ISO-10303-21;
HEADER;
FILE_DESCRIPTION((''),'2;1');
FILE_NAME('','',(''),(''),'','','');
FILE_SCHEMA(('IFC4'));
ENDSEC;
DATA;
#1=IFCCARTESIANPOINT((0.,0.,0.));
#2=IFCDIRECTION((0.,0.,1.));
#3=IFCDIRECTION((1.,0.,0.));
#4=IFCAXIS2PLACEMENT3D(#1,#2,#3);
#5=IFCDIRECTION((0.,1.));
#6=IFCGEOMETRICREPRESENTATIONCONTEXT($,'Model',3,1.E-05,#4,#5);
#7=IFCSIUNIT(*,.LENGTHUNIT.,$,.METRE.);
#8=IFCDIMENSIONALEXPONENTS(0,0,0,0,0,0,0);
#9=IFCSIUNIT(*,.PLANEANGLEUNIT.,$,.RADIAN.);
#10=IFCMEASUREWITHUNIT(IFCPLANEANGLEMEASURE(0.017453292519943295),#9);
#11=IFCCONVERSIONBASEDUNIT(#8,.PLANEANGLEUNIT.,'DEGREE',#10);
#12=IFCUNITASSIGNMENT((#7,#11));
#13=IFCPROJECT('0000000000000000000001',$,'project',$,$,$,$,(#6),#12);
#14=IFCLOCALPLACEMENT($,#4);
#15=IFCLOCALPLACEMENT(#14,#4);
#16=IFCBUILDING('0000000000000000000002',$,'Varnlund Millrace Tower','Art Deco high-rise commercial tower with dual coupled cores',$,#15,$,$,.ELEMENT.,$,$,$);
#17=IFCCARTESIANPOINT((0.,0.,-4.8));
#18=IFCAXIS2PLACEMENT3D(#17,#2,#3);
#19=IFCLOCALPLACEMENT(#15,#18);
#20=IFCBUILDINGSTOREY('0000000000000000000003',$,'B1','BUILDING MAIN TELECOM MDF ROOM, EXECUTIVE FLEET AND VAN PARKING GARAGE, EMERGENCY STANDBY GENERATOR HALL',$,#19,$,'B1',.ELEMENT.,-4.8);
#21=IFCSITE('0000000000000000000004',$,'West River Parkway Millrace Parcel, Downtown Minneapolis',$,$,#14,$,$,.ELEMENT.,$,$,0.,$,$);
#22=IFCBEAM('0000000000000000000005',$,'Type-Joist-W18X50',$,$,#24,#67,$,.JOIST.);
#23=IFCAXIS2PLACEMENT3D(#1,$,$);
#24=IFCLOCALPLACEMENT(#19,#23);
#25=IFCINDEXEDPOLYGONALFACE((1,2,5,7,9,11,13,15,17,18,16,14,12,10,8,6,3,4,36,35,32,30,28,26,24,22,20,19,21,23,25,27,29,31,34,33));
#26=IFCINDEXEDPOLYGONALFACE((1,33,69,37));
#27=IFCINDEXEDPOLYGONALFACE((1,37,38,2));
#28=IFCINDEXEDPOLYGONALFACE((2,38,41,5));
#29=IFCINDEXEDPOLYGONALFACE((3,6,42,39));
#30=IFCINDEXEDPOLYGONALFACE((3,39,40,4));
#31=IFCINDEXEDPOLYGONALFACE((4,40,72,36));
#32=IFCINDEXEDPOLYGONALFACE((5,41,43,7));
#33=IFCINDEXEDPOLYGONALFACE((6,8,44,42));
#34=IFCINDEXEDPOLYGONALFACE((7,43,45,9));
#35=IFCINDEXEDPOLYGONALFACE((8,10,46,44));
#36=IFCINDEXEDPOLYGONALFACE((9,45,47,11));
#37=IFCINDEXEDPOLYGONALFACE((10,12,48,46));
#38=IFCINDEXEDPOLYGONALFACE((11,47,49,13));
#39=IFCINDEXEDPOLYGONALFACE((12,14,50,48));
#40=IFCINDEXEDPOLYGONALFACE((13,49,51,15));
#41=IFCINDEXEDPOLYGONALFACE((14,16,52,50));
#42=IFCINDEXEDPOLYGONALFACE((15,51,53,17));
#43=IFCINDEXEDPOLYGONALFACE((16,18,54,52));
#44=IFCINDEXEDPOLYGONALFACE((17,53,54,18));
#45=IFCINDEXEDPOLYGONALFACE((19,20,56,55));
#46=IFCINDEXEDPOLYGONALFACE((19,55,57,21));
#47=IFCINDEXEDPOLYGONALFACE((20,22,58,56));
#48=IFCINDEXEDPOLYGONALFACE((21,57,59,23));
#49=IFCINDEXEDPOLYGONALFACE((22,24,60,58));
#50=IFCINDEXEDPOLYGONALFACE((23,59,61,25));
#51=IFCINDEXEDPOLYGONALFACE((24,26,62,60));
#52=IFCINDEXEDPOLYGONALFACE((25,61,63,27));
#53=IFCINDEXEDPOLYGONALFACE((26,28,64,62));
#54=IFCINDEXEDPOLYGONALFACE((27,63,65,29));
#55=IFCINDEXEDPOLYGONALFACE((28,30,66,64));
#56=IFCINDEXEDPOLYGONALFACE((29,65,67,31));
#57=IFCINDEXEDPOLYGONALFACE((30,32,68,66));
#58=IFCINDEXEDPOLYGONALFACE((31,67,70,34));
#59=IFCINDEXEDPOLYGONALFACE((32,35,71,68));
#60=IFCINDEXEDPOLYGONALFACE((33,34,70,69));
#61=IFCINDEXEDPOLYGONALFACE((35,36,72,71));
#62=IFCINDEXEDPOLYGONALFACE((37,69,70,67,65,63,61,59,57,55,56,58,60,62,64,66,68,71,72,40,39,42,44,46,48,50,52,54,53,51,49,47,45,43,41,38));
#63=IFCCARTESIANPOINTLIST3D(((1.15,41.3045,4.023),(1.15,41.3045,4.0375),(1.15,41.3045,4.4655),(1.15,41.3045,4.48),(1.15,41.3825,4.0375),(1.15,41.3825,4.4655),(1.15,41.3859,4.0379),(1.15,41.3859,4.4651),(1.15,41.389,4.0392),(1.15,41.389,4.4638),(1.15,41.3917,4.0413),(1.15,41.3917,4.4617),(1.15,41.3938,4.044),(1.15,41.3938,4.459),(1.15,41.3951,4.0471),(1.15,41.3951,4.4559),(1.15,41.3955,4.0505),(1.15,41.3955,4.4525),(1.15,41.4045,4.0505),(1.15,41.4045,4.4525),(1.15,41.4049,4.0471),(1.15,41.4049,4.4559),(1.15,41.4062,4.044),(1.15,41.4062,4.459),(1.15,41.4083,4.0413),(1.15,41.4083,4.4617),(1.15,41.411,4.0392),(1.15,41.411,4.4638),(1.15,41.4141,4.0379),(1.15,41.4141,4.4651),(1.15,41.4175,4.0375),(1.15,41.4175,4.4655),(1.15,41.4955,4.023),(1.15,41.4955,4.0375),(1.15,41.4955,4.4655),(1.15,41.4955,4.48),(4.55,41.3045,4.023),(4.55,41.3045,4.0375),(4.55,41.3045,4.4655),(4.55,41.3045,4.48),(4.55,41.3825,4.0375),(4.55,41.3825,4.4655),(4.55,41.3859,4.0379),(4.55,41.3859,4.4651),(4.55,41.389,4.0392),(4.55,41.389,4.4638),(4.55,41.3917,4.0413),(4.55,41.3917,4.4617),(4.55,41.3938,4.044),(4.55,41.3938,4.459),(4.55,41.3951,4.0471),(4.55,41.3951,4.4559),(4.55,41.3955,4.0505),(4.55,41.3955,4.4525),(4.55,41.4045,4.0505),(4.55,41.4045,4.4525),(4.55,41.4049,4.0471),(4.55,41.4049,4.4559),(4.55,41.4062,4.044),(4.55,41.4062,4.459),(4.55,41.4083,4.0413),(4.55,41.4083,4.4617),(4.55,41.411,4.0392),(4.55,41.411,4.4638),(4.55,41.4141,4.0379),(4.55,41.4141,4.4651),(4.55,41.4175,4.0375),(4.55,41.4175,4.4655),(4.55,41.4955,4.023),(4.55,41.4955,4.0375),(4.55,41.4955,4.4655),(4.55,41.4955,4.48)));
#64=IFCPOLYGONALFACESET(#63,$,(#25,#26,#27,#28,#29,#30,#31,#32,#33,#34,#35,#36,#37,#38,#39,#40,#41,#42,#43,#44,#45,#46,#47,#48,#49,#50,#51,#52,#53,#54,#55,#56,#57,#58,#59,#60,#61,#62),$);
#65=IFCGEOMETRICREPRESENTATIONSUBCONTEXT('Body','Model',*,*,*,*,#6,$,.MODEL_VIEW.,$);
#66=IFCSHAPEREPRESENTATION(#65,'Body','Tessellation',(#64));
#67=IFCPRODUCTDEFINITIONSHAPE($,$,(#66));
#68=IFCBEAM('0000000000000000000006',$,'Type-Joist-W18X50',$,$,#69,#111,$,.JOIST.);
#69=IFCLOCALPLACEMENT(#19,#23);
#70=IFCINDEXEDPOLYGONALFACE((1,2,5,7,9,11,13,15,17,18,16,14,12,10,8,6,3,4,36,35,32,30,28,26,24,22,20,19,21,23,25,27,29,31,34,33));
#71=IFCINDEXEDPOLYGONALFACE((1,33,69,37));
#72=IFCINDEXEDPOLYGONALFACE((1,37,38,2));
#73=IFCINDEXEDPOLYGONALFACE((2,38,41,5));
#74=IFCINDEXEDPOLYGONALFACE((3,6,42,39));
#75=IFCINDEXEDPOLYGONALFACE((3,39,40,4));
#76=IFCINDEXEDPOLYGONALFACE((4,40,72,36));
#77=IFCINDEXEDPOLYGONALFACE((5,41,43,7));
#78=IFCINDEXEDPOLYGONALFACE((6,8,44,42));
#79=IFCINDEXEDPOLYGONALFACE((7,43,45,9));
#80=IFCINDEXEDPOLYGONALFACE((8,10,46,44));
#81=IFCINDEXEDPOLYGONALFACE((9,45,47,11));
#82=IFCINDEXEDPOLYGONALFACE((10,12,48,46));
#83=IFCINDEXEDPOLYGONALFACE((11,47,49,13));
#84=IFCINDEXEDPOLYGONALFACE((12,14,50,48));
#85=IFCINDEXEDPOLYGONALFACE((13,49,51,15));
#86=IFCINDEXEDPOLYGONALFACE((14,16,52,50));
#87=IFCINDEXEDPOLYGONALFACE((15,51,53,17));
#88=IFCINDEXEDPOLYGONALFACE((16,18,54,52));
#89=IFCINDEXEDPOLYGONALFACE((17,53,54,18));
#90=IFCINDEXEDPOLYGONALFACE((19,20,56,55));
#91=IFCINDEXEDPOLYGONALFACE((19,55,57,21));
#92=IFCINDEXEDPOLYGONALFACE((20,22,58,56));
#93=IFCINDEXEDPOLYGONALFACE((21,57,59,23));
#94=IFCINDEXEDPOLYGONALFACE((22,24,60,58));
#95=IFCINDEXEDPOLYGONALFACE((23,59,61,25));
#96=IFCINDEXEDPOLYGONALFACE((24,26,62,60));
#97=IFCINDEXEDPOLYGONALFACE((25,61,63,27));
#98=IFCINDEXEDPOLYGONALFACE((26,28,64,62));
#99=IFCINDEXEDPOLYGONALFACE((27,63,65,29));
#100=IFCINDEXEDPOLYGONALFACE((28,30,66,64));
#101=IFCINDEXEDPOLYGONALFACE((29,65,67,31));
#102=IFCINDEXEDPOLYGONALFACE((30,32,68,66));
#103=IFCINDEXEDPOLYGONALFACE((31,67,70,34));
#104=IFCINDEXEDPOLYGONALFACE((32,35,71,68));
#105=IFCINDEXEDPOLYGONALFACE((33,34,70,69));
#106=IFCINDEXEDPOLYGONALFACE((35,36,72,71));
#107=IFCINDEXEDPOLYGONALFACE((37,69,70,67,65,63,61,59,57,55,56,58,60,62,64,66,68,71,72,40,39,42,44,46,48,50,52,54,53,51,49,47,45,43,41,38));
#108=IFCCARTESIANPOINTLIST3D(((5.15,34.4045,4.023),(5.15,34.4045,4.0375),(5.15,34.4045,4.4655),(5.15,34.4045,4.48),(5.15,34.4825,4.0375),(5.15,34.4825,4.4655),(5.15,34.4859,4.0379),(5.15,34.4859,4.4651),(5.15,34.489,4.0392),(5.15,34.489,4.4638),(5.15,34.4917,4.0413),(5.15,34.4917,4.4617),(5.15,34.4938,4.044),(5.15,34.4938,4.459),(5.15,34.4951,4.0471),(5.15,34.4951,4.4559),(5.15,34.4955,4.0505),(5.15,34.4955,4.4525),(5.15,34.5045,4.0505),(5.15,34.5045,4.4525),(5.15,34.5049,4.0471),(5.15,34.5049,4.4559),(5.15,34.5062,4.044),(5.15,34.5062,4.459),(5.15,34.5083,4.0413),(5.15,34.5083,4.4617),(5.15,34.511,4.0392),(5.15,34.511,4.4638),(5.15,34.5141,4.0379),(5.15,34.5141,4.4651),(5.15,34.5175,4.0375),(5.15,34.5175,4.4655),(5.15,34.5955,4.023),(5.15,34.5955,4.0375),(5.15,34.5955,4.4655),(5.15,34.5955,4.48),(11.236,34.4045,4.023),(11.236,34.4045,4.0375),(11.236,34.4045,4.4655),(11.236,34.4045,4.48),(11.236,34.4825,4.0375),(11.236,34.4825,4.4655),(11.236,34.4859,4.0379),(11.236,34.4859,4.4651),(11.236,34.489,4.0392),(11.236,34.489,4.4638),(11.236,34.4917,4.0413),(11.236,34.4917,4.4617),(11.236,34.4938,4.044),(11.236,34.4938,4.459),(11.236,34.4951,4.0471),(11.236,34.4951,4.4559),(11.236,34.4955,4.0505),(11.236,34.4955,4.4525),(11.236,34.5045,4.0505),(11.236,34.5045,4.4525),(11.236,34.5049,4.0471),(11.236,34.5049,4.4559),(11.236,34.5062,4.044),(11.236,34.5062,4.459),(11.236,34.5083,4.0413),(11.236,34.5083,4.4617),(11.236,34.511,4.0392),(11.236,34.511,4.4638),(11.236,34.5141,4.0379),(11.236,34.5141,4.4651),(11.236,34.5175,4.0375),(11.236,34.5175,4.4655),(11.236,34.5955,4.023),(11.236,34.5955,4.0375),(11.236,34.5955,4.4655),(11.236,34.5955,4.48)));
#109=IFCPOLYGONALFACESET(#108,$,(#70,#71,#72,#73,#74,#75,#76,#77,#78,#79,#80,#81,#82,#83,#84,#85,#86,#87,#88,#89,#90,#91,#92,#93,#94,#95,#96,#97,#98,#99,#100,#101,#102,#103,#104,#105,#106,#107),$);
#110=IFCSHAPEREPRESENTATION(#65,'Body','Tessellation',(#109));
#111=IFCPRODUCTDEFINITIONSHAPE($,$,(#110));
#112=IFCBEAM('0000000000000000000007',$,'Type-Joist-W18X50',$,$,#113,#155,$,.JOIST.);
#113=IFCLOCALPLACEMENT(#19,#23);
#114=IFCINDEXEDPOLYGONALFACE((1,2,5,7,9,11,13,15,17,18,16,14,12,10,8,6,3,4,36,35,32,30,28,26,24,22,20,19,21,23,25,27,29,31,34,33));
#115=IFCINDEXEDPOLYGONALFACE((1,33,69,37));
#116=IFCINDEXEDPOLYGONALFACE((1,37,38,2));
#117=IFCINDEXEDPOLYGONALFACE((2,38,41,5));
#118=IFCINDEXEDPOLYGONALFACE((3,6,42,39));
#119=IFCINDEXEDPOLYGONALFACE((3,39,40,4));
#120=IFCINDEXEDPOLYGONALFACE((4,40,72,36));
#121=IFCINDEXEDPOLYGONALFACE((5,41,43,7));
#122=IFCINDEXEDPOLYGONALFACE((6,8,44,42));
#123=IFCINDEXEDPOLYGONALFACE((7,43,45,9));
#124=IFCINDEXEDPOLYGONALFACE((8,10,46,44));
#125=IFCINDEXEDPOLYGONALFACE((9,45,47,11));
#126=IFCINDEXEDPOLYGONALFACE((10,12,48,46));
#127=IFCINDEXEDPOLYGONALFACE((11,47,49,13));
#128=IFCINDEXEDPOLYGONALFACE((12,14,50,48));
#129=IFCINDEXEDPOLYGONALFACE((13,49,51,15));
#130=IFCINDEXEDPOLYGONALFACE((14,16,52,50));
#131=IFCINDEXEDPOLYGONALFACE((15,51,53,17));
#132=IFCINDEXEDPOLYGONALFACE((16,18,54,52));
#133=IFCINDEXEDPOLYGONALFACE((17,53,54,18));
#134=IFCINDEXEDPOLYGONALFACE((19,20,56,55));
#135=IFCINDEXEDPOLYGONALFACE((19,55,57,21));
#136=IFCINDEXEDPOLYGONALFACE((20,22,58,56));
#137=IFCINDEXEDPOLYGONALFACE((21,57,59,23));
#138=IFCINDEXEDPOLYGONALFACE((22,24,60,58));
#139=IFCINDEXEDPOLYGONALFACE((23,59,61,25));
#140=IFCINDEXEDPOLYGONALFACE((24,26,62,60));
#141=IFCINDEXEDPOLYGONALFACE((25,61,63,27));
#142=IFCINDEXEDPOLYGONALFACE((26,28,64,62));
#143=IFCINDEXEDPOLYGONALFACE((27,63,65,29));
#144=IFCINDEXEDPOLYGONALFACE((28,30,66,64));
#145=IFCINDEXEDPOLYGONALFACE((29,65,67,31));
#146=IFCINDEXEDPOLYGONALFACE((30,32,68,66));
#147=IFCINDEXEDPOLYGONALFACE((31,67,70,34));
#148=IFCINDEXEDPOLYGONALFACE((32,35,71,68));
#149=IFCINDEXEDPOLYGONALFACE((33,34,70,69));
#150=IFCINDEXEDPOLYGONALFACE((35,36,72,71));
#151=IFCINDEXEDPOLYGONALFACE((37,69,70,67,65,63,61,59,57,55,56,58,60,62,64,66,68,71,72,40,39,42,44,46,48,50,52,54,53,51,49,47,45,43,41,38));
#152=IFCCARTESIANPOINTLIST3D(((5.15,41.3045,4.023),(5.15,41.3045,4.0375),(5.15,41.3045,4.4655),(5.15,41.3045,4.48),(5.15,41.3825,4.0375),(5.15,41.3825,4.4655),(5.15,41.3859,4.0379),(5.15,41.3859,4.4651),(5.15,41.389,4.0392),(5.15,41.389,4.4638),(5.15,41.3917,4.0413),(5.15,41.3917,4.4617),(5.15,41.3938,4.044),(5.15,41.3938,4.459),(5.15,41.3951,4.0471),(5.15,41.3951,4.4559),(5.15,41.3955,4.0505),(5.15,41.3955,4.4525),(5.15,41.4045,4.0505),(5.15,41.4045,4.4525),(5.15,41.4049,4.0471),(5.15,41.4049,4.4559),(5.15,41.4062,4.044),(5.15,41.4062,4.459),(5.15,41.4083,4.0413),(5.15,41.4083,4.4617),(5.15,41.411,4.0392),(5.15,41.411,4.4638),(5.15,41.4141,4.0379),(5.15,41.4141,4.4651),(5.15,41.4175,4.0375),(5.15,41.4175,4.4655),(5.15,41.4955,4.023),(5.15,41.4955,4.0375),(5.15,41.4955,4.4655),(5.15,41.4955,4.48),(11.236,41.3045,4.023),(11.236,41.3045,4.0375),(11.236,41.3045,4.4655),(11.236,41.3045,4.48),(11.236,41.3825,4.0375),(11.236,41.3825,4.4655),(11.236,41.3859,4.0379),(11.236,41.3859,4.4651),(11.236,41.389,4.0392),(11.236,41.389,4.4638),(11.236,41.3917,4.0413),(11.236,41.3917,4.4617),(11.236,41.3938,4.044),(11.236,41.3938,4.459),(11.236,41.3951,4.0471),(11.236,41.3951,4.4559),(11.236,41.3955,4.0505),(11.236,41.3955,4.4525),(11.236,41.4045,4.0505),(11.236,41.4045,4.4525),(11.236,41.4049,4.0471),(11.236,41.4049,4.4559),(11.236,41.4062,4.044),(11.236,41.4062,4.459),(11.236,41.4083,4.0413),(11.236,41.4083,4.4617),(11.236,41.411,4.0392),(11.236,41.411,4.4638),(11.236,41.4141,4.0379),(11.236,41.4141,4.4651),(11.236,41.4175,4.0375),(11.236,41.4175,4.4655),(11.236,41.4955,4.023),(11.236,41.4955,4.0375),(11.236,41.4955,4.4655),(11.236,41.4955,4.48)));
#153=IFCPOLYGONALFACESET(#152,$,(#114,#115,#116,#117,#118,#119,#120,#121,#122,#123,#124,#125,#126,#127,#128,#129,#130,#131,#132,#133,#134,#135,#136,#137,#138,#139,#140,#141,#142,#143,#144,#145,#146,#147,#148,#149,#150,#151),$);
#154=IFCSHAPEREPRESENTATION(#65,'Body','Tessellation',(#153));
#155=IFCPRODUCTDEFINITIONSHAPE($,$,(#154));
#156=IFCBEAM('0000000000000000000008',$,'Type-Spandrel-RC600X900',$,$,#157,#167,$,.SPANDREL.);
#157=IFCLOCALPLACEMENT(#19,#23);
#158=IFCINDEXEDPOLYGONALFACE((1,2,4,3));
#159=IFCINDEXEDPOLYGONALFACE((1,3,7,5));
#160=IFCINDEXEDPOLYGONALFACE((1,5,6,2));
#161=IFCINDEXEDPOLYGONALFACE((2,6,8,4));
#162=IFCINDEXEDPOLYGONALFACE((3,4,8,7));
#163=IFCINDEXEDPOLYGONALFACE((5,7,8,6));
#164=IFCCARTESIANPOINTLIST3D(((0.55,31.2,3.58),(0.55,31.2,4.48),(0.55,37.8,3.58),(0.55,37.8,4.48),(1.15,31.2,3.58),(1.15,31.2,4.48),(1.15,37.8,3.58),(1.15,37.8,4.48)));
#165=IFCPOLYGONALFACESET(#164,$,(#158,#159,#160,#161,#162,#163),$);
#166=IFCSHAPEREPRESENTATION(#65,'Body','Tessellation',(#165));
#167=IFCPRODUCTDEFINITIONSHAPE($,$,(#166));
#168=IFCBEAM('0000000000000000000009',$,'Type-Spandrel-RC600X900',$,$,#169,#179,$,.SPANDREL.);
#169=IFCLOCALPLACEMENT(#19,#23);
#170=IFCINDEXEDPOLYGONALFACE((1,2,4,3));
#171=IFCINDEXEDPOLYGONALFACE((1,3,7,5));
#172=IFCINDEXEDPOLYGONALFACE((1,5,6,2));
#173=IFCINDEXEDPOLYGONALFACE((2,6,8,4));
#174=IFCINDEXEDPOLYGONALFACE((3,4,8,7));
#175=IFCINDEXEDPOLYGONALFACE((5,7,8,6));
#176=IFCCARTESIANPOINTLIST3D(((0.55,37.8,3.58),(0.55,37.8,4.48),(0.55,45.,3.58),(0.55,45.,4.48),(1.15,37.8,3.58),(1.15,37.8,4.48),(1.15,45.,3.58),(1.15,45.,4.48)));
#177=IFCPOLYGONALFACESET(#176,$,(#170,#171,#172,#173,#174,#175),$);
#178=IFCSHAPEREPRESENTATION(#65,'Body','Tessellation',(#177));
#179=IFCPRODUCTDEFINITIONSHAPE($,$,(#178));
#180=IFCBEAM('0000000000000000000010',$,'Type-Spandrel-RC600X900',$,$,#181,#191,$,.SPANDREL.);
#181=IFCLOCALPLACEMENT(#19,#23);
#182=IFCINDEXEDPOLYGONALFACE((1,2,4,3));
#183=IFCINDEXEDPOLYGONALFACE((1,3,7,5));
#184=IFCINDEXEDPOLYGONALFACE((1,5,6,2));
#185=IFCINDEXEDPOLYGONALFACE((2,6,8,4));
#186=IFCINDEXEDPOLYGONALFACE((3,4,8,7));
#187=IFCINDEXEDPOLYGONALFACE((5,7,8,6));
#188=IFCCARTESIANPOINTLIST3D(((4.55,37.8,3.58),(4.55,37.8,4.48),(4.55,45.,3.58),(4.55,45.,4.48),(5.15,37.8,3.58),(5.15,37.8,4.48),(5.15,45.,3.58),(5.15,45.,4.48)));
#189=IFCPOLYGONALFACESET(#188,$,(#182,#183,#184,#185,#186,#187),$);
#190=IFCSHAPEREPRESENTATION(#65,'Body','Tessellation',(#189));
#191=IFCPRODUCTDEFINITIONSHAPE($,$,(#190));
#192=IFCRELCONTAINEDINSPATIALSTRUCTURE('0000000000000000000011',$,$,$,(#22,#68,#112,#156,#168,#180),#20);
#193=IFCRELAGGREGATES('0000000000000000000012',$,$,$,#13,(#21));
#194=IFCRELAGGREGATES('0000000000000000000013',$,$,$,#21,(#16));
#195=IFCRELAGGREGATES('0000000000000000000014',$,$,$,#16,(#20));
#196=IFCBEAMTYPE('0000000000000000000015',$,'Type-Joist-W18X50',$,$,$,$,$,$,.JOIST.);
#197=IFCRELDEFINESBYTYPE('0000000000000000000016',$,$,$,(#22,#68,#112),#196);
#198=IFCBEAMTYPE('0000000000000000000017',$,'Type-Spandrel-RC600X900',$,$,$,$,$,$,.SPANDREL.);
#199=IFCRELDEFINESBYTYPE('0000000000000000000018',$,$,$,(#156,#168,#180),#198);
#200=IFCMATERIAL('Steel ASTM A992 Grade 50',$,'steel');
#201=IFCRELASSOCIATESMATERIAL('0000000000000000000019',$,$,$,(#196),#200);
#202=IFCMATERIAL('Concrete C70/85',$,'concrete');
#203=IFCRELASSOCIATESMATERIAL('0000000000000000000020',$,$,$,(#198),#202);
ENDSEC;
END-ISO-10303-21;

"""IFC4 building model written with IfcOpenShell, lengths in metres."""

from ifc_helpers import new_model, entity, si_unit, converted_unit, direction, frame, origin_with_axes, origin_2d_with_axis, place, context, subcontext, project, spatial, rectangle, i_section, extrude, material, material_profile, profile_set, type_object, element, save


model = new_model("IFC4")

# Units and contexts
model_context = context("Model", 3, precision=1e-05, world=origin_with_axes(), true_north=direction((0.0, 1.0)))
body_context = subcontext(model_context, "Body", "Model", "MODEL_VIEW")
ifc_project = project(units=[si_unit("LENGTHUNIT", "METRE"), converted_unit("PLANEANGLEUNIT", "DEGREE", entity("IfcPlaneAngleMeasure", 0.017453292519943295), si_unit("PLANEANGLEUNIT", "RADIAN"), dimensions=[0, 0, 0, 0, 0, 0, 0])], contexts=[model_context])

# Site, building, storey
site_placement = place(None, origin_with_axes())
site = spatial("IfcSite", under=ifc_project, at=site_placement, Name="West River Parkway Millrace Parcel, Downtown Minneapolis", CompositionType="ELEMENT", RefElevation=0.0)
building_placement = place(site_placement, origin_with_axes())
building = spatial("IfcBuilding", under=site, at=building_placement, Name="Varnlund Millrace Tower", Description="Art Deco high-rise commercial tower with dual coupled cores", CompositionType="ELEMENT")
storey_placement = place(building_placement, frame((0.0, 0.0, -4.8), z_axis=(0.0, 0.0, 1.0), x_axis=(1.0, 0.0, 0.0)))
storey = spatial("IfcBuildingStorey", under=building, at=storey_placement, Name="B1", Description="BUILDING MAIN TELECOM MDF ROOM, EXECUTIVE FLEET AND VAN PARKING GARAGE, EMERGENCY STANDBY GENERATOR HALL", LongName="B1", CompositionType="ELEMENT", Elevation=-4.8)

# Beams
ifc_material_1 = material(Name="Steel ASTM A992 Grade 50", Category="steel")
ifc_material_profile_1 = material_profile(ifc_material_1, i_section(OverallWidth=0.191, OverallDepth=0.457, WebThickness=0.009, FlangeThickness=0.0145, FilletRadius=0.013, at=origin_2d_with_axis()), Name="Steel ASTM A992 Grade 50")
ifc_profile_set_1 = profile_set([ifc_material_profile_1], Name="Steel ASTM A992 Grade 50")
beam_type_1 = type_object("IfcBeamType", Name="Type-Joist-W18X50", PredefinedType="JOIST", material=ifc_profile_set_1)
for number, where, z_axis, x_axis, name in (
    (1, (1.15, 41.4, 4.2515), (1.0, 0.0, 0.0), (0.0, 1.0, 0.0), "Type-Joist-W18X50"),
):
    element("IfcBeam", number, at=place(storey_placement, frame(where, z_axis=z_axis, x_axis=x_axis)), inside=storey, type_object=beam_type_1, Name=name, PredefinedType="JOIST", context=body_context, shape_type="SweptSolid", body=[
        extrude(i_section(OverallWidth=0.191, OverallDepth=0.457, WebThickness=0.009, FlangeThickness=0.0145, FilletRadius=0.013, at=origin_2d_with_axis()), origin_with_axes(), (0.0, 0.0, 1.0), 3.4),
    ])
for number, where, z_axis, x_axis, name in (
    (2, (5.15, 34.5, 4.2515), (1.0, 0.0, 0.0), (0.0, 1.0, 0.0), "Type-Joist-W18X50"),
    (3, (5.15, 41.4, 4.2515), (1.0, 0.0, 0.0), (0.0, 1.0, 0.0), "Type-Joist-W18X50"),
):
    element("IfcBeam", number, at=place(storey_placement, frame(where, z_axis=z_axis, x_axis=x_axis)), inside=storey, type_object=beam_type_1, Name=name, PredefinedType="JOIST", context=body_context, shape_type="SweptSolid", body=[
        extrude(i_section(OverallWidth=0.191, OverallDepth=0.457, WebThickness=0.009, FlangeThickness=0.0145, FilletRadius=0.013, at=origin_2d_with_axis()), origin_with_axes(), (0.0, 0.0, 1.0), 6.086),
    ])
ifc_material_2 = material(Name="Concrete C70/85", Category="concrete")
ifc_material_profile_2 = material_profile(ifc_material_2, rectangle(XDim=0.6, YDim=0.9, at=origin_2d_with_axis()), Name="Concrete C70/85")
ifc_profile_set_2 = profile_set([ifc_material_profile_2], Name="Concrete C70/85")
beam_type_2 = type_object("IfcBeamType", Name="Type-Spandrel-RC600X900", PredefinedType="SPANDREL", material=ifc_profile_set_2)
beam_1_placement = place(storey_placement, frame((0.85, 31.2, 4.03), z_axis=(0.0, 1.0, 0.0), x_axis=(-1.0, 0.0, 0.0)))
element("IfcBeam", 4, at=beam_1_placement, inside=storey, type_object=beam_type_2, Name="Type-Spandrel-RC600X900", PredefinedType="SPANDREL", context=body_context, shape_type="SweptSolid", body=[
    extrude(rectangle(XDim=0.6, YDim=0.9, at=origin_2d_with_axis()), origin_with_axes(), (0.0, 0.0, 1.0), 6.6),
])
for number, where, z_axis, x_axis, name in (
    (5, (0.85, 37.8, 4.03), (0.0, 1.0, 0.0), (-1.0, 0.0, 0.0), "Type-Spandrel-RC600X900"),
    (6, (4.85, 37.8, 4.03), (0.0, 1.0, 0.0), (-1.0, 0.0, 0.0), "Type-Spandrel-RC600X900"),
):
    element("IfcBeam", number, at=place(storey_placement, frame(where, z_axis=z_axis, x_axis=x_axis)), inside=storey, type_object=beam_type_2, Name=name, PredefinedType="SPANDREL", context=body_context, shape_type="SweptSolid", body=[
        extrude(rectangle(XDim=0.6, YDim=0.9, at=origin_2d_with_axis()), origin_with_axes(), (0.0, 0.0, 1.0), 7.2),
    ])

save(model, "model.ifc")
